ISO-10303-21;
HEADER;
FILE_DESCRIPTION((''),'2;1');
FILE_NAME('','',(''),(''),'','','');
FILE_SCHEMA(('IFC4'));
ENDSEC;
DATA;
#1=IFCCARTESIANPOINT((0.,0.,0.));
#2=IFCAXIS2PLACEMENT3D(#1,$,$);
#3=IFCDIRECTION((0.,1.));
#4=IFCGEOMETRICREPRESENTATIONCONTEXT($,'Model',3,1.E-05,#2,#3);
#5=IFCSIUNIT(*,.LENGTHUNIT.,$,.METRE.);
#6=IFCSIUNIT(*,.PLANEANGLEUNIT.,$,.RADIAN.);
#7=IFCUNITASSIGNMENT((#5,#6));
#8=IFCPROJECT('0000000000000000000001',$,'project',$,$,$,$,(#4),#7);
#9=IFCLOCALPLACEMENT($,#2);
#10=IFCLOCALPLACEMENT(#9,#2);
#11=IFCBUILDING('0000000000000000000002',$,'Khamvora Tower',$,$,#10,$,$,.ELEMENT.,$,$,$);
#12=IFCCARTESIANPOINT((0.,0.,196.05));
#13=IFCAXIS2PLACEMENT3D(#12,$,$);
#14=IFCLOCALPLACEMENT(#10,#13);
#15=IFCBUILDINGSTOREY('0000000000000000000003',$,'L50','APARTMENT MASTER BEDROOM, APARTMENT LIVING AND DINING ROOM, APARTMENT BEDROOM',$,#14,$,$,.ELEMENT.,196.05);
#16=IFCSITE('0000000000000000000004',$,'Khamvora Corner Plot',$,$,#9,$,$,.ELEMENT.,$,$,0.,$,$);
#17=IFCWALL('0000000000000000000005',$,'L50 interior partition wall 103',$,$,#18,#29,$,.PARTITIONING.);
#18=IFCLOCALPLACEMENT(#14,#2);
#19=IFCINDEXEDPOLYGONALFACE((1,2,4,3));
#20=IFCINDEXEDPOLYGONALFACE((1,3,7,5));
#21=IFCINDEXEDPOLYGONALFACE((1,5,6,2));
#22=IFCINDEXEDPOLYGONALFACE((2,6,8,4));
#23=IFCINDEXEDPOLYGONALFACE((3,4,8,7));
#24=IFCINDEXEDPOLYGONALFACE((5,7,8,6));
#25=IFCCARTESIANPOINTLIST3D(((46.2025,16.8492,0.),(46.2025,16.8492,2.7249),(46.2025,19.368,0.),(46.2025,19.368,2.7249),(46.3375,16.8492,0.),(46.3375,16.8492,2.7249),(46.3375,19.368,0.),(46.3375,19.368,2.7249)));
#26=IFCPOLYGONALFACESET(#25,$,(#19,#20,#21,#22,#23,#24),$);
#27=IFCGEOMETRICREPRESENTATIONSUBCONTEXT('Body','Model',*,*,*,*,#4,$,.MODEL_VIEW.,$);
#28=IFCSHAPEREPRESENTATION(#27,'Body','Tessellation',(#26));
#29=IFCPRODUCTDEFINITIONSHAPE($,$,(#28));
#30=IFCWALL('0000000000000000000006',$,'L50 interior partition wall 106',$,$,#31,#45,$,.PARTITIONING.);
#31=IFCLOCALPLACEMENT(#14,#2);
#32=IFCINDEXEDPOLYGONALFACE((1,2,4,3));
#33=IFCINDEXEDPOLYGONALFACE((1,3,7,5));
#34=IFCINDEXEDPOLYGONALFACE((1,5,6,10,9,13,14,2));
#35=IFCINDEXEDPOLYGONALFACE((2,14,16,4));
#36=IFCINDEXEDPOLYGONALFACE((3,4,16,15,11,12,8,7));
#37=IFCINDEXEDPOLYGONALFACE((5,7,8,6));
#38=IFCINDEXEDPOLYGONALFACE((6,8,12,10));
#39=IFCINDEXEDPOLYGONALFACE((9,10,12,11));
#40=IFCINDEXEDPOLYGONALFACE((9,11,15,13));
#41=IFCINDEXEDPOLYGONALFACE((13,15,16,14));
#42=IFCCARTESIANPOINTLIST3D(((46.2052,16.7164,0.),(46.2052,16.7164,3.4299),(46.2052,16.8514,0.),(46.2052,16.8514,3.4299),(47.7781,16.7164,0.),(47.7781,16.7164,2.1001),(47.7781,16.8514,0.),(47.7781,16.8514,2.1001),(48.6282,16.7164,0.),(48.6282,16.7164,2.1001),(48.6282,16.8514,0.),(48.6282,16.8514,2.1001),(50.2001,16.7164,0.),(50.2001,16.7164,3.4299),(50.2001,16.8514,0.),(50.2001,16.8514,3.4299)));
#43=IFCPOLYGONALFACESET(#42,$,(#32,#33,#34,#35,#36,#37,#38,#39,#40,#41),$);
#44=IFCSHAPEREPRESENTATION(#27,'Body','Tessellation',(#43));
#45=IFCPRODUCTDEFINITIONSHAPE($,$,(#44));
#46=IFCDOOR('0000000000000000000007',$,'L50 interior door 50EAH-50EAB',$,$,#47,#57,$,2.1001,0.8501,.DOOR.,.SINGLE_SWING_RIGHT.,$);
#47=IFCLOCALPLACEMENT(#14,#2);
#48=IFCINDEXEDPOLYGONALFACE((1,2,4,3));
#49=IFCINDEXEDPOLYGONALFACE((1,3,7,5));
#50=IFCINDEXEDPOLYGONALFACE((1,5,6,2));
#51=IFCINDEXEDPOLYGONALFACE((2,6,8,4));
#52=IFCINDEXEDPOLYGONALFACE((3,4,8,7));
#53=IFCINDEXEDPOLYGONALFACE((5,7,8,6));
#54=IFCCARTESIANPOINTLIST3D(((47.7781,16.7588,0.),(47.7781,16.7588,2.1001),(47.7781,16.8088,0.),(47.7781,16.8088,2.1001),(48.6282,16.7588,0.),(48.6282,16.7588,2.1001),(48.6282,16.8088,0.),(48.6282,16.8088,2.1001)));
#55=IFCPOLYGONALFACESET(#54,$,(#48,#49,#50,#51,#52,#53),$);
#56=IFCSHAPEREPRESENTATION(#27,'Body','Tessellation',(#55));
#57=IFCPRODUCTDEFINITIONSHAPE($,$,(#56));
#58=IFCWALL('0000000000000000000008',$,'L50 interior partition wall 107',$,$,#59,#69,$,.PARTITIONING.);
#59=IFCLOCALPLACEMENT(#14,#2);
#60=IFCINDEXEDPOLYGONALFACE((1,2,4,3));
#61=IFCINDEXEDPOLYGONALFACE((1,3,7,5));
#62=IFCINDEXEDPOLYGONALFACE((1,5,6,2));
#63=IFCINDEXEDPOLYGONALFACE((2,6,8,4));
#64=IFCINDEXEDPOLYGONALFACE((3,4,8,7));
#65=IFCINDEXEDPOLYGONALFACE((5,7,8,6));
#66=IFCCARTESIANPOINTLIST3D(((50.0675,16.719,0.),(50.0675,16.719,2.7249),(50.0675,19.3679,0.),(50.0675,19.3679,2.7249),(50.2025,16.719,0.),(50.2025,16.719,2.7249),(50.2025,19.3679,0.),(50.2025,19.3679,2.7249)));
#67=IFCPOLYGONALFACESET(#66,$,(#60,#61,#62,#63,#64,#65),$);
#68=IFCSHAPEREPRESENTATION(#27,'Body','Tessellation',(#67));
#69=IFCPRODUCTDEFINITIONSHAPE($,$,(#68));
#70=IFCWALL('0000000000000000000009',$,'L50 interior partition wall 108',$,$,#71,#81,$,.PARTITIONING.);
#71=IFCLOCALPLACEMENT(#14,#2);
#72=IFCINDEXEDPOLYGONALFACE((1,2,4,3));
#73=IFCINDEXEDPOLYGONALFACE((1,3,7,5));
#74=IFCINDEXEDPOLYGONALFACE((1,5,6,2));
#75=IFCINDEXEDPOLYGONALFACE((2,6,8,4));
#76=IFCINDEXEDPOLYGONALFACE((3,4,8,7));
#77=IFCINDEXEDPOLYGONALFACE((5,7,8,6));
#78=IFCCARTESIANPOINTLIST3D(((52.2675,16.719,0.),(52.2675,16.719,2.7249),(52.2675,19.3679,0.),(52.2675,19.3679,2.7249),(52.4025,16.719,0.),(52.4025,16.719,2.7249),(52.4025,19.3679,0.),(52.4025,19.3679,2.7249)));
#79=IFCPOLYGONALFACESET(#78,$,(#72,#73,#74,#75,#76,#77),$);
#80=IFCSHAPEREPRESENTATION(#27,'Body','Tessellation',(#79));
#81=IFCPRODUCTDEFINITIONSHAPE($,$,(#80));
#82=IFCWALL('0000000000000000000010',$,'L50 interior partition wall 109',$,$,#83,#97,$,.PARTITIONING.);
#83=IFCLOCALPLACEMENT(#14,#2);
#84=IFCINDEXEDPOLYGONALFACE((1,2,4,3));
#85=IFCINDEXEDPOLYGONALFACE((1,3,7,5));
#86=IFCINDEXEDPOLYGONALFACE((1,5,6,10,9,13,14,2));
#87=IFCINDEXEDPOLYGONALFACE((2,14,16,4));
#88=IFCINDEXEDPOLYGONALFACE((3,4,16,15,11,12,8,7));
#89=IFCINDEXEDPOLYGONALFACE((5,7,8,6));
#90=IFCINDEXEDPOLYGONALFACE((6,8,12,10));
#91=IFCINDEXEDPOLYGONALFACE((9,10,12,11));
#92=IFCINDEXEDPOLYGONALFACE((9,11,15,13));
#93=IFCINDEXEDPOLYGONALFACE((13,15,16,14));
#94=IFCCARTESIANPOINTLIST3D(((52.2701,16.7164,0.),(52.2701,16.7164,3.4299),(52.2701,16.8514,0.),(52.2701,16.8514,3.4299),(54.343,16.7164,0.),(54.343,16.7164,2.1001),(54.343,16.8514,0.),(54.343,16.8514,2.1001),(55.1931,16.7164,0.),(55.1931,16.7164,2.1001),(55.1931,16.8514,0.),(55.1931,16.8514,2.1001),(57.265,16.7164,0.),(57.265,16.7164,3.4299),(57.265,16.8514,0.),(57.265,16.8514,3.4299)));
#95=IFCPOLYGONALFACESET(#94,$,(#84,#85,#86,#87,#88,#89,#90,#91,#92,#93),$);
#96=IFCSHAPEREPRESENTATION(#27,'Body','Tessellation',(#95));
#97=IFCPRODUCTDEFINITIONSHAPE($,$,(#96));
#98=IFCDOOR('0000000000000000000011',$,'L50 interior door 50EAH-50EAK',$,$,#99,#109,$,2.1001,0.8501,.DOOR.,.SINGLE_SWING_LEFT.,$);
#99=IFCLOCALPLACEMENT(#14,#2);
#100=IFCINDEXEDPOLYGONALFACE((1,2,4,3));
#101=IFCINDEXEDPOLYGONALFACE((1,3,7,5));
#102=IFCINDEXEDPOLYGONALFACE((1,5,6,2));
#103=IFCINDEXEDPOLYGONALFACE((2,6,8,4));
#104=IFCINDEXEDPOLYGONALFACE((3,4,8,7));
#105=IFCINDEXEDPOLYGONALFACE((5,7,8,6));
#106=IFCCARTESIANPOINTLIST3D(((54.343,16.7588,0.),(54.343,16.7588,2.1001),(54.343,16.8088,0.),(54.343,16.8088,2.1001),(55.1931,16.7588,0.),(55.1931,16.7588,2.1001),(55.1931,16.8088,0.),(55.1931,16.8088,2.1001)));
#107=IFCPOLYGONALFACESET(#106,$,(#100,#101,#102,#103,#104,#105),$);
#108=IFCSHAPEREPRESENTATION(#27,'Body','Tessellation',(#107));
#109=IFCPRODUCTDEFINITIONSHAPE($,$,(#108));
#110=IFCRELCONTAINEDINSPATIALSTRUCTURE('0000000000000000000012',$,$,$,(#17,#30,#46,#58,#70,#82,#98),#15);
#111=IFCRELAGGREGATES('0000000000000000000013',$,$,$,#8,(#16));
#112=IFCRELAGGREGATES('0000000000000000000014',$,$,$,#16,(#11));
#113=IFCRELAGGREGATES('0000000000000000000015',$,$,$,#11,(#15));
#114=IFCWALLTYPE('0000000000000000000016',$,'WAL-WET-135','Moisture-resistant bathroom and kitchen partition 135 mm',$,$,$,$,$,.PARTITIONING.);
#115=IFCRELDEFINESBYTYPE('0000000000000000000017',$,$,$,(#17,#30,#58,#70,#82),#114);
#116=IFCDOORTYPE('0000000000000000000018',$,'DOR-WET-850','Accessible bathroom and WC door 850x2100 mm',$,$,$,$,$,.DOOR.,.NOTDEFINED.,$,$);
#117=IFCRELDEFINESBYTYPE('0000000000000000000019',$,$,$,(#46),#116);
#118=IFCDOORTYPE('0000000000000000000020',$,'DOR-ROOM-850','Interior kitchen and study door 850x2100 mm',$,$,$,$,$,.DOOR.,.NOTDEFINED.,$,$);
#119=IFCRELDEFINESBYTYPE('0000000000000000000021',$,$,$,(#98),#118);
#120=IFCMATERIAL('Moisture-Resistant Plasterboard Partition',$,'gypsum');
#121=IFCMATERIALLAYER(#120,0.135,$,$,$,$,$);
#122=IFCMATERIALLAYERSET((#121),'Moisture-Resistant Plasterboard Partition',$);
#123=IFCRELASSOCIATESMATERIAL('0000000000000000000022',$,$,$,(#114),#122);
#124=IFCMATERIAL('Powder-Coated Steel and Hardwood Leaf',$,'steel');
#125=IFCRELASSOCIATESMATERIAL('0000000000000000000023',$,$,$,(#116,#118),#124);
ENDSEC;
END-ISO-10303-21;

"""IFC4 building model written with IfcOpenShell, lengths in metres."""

from ifc_helpers import new_model, si_unit, direction, frame, frame_2d, origin, place, context, subcontext, project, spatial, rectangle, extrude, material, layer, layer_set, type_object, element, fill, save


model = new_model("IFC4")

# Units and contexts
model_context = context("Model", 3, precision=1e-05, world=origin(), true_north=direction((0.0, 1.0)))
body_context = subcontext(model_context, "Body", "Model", "MODEL_VIEW")
ifc_project = project(units=[si_unit("LENGTHUNIT", "METRE"), si_unit("PLANEANGLEUNIT", "RADIAN")], contexts=[model_context])

# Site, building, storey
site_placement = place(None, origin())
site = spatial("IfcSite", under=ifc_project, at=site_placement, Name="Khamvora Corner Plot", CompositionType="ELEMENT", RefElevation=0.0)
building_placement = place(site_placement, origin())
building = spatial("IfcBuilding", under=site, at=building_placement, Name="Khamvora Tower", CompositionType="ELEMENT")
storey_placement = place(building_placement, frame((0.0, 0.0, 196.05)))
storey = spatial("IfcBuildingStorey", under=building, at=storey_placement, Name="L50", Description="APARTMENT MASTER BEDROOM, APARTMENT LIVING AND DINING ROOM, APARTMENT BEDROOM", CompositionType="ELEMENT", Elevation=196.05)

# Shared definitions
ifc_material_1 = material(Name="Powder-Coated Steel and Hardwood Leaf", Category="steel")

# Wall
ifc_material_2 = material(Name="Moisture-Resistant Plasterboard Partition", Category="gypsum")
ifc_layer_1 = layer(ifc_material_2, 0.135)
ifc_layer_set_1 = layer_set([ifc_layer_1], Name="Moisture-Resistant Plasterboard Partition")
wall_type_1 = type_object("IfcWallType", Name="WAL-WET-135", Description="Moisture-resistant bathroom and kitchen partition 135 mm", PredefinedType="PARTITIONING", material=ifc_layer_set_1)
wall_1_placement = place(storey_placement, frame((46.27, 19.3679, 0.0), z_axis=(0.0, 0.0, 1.0), x_axis=(0.0, -1.0, 0.0)))
element("IfcWall", 1, at=wall_1_placement, inside=storey, type_object=wall_type_1, Name="L50 interior partition wall 103", PredefinedType="PARTITIONING", context=body_context, shape_type="SweptSolid", body=[
    extrude(rectangle(XDim=2.5188, YDim=0.135, at=frame_2d((1.2593, 0.0))), origin(), (0.0, 0.0, 1.0), 2.7249),
])

# Wall, opening, door
wall_2_placement = place(storey_placement, frame((46.2051, 16.7839, 0.0), z_axis=(0.0, 0.0, 1.0), x_axis=(1.0, 0.0, 0.0)))
wall_2 = element("IfcWall", 2, at=wall_2_placement, inside=storey, type_object=wall_type_1, Name="L50 interior partition wall 106", PredefinedType="PARTITIONING", context=body_context, shape_type="SweptSolid", body=[
    extrude(rectangle(XDim=3.9949, YDim=0.135, at=frame_2d((1.9976, 0.0))), origin(), (0.0, 0.0, 1.0), 3.4299),
])
opening_1_placement = place(wall_2_placement, frame((1.573, 0.0, 0.0)))
opening_1 = element("IfcOpeningElement", 3, at=opening_1_placement, cuts=wall_2, PredefinedType="OPENING", context=body_context, shape_type="SweptSolid", body=[
    extrude(rectangle(XDim=0.8501, YDim=2.1001, at=frame_2d((0.425, 1.05))), frame((0.0, 0.0774, 0.0), z_axis=(0.0, -1.0, 0.0), x_axis=(1.0, 0.0, 0.0)), (0.0, 0.0, 1.0), 0.155),
])
door_type_1 = type_object("IfcDoorType", Name="DOR-WET-850", Description="Accessible bathroom and WC door 850x2100 mm", OperationType="NOTDEFINED", PredefinedType="DOOR", material=ifc_material_1)
door_1_placement = place(opening_1_placement, origin())
door_1 = element("IfcDoor", 4, at=door_1_placement, inside=storey, type_object=door_type_1, Name="L50 interior door 50EAH-50EAB", OperationType="SINGLE_SWING_RIGHT", OverallHeight=2.1001, OverallWidth=0.8501, PredefinedType="DOOR", context=body_context, shape_type="SweptSolid", body=[
    extrude(rectangle(XDim=0.8501, YDim=2.1001, at=frame_2d((0.425, 1.05))), frame((0.0, 0.0249, 0.0), z_axis=(0.0, -1.0, 0.0), x_axis=(1.0, 0.0, 0.0)), (0.0, 0.0, 1.0), 0.05),
])
fill(opening_1, door_1)

# Walls
for number, where, z_axis, x_axis, name in (
    (5, (50.135, 16.719, 0.0), (0.0, 0.0, 1.0), (0.0, 1.0, 0.0), "L50 interior partition wall 107"),
    (6, (52.335, 19.3679, 0.0), (0.0, 0.0, 1.0), (0.0, -1.0, 0.0), "L50 interior partition wall 108"),
):
    element("IfcWall", number, at=place(storey_placement, frame(where, z_axis=z_axis, x_axis=x_axis)), inside=storey, type_object=wall_type_1, Name=name, PredefinedType="PARTITIONING", context=body_context, shape_type="SweptSolid", body=[
        extrude(rectangle(XDim=2.6489, YDim=0.135, at=frame_2d((1.3245, 0.0))), origin(), (0.0, 0.0, 1.0), 2.7249),
    ])

# Wall, opening, door
wall_3_placement = place(storey_placement, frame((52.27, 16.7839, 0.0), z_axis=(0.0, 0.0, 1.0), x_axis=(1.0, 0.0, 0.0)))
wall_3 = element("IfcWall", 7, at=wall_3_placement, inside=storey, type_object=wall_type_1, Name="L50 interior partition wall 109", PredefinedType="PARTITIONING", context=body_context, shape_type="SweptSolid", body=[
    extrude(rectangle(XDim=4.9949, YDim=0.135, at=frame_2d((2.4976, 0.0))), origin(), (0.0, 0.0, 1.0), 3.4299),
])
opening_2_placement = place(wall_3_placement, frame((2.073, 0.0, 0.0)))
opening_2 = element("IfcOpeningElement", 8, at=opening_2_placement, cuts=wall_3, PredefinedType="OPENING", context=body_context, shape_type="SweptSolid", body=[
    extrude(rectangle(XDim=0.8501, YDim=2.1001, at=frame_2d((0.425, 1.05))), frame((0.0, 0.0774, 0.0), z_axis=(0.0, -1.0, 0.0), x_axis=(1.0, 0.0, 0.0)), (0.0, 0.0, 1.0), 0.155),
])
door_type_2 = type_object("IfcDoorType", Name="DOR-ROOM-850", Description="Interior kitchen and study door 850x2100 mm", OperationType="NOTDEFINED", PredefinedType="DOOR", material=ifc_material_1)
door_2_placement = place(opening_2_placement, origin())
door_2 = element("IfcDoor", 9, at=door_2_placement, inside=storey, type_object=door_type_2, Name="L50 interior door 50EAH-50EAK", OperationType="SINGLE_SWING_LEFT", OverallHeight=2.1001, OverallWidth=0.8501, PredefinedType="DOOR", context=body_context, shape_type="SweptSolid", body=[
    extrude(rectangle(XDim=0.8501, YDim=2.1001, at=frame_2d((0.425, 1.05))), frame((0.0, 0.0249, 0.0), z_axis=(0.0, -1.0, 0.0), x_axis=(1.0, 0.0, 0.0)), (0.0, 0.0, 1.0), 0.05),
])
fill(opening_2, door_2)

save(model, "model.ifc")
